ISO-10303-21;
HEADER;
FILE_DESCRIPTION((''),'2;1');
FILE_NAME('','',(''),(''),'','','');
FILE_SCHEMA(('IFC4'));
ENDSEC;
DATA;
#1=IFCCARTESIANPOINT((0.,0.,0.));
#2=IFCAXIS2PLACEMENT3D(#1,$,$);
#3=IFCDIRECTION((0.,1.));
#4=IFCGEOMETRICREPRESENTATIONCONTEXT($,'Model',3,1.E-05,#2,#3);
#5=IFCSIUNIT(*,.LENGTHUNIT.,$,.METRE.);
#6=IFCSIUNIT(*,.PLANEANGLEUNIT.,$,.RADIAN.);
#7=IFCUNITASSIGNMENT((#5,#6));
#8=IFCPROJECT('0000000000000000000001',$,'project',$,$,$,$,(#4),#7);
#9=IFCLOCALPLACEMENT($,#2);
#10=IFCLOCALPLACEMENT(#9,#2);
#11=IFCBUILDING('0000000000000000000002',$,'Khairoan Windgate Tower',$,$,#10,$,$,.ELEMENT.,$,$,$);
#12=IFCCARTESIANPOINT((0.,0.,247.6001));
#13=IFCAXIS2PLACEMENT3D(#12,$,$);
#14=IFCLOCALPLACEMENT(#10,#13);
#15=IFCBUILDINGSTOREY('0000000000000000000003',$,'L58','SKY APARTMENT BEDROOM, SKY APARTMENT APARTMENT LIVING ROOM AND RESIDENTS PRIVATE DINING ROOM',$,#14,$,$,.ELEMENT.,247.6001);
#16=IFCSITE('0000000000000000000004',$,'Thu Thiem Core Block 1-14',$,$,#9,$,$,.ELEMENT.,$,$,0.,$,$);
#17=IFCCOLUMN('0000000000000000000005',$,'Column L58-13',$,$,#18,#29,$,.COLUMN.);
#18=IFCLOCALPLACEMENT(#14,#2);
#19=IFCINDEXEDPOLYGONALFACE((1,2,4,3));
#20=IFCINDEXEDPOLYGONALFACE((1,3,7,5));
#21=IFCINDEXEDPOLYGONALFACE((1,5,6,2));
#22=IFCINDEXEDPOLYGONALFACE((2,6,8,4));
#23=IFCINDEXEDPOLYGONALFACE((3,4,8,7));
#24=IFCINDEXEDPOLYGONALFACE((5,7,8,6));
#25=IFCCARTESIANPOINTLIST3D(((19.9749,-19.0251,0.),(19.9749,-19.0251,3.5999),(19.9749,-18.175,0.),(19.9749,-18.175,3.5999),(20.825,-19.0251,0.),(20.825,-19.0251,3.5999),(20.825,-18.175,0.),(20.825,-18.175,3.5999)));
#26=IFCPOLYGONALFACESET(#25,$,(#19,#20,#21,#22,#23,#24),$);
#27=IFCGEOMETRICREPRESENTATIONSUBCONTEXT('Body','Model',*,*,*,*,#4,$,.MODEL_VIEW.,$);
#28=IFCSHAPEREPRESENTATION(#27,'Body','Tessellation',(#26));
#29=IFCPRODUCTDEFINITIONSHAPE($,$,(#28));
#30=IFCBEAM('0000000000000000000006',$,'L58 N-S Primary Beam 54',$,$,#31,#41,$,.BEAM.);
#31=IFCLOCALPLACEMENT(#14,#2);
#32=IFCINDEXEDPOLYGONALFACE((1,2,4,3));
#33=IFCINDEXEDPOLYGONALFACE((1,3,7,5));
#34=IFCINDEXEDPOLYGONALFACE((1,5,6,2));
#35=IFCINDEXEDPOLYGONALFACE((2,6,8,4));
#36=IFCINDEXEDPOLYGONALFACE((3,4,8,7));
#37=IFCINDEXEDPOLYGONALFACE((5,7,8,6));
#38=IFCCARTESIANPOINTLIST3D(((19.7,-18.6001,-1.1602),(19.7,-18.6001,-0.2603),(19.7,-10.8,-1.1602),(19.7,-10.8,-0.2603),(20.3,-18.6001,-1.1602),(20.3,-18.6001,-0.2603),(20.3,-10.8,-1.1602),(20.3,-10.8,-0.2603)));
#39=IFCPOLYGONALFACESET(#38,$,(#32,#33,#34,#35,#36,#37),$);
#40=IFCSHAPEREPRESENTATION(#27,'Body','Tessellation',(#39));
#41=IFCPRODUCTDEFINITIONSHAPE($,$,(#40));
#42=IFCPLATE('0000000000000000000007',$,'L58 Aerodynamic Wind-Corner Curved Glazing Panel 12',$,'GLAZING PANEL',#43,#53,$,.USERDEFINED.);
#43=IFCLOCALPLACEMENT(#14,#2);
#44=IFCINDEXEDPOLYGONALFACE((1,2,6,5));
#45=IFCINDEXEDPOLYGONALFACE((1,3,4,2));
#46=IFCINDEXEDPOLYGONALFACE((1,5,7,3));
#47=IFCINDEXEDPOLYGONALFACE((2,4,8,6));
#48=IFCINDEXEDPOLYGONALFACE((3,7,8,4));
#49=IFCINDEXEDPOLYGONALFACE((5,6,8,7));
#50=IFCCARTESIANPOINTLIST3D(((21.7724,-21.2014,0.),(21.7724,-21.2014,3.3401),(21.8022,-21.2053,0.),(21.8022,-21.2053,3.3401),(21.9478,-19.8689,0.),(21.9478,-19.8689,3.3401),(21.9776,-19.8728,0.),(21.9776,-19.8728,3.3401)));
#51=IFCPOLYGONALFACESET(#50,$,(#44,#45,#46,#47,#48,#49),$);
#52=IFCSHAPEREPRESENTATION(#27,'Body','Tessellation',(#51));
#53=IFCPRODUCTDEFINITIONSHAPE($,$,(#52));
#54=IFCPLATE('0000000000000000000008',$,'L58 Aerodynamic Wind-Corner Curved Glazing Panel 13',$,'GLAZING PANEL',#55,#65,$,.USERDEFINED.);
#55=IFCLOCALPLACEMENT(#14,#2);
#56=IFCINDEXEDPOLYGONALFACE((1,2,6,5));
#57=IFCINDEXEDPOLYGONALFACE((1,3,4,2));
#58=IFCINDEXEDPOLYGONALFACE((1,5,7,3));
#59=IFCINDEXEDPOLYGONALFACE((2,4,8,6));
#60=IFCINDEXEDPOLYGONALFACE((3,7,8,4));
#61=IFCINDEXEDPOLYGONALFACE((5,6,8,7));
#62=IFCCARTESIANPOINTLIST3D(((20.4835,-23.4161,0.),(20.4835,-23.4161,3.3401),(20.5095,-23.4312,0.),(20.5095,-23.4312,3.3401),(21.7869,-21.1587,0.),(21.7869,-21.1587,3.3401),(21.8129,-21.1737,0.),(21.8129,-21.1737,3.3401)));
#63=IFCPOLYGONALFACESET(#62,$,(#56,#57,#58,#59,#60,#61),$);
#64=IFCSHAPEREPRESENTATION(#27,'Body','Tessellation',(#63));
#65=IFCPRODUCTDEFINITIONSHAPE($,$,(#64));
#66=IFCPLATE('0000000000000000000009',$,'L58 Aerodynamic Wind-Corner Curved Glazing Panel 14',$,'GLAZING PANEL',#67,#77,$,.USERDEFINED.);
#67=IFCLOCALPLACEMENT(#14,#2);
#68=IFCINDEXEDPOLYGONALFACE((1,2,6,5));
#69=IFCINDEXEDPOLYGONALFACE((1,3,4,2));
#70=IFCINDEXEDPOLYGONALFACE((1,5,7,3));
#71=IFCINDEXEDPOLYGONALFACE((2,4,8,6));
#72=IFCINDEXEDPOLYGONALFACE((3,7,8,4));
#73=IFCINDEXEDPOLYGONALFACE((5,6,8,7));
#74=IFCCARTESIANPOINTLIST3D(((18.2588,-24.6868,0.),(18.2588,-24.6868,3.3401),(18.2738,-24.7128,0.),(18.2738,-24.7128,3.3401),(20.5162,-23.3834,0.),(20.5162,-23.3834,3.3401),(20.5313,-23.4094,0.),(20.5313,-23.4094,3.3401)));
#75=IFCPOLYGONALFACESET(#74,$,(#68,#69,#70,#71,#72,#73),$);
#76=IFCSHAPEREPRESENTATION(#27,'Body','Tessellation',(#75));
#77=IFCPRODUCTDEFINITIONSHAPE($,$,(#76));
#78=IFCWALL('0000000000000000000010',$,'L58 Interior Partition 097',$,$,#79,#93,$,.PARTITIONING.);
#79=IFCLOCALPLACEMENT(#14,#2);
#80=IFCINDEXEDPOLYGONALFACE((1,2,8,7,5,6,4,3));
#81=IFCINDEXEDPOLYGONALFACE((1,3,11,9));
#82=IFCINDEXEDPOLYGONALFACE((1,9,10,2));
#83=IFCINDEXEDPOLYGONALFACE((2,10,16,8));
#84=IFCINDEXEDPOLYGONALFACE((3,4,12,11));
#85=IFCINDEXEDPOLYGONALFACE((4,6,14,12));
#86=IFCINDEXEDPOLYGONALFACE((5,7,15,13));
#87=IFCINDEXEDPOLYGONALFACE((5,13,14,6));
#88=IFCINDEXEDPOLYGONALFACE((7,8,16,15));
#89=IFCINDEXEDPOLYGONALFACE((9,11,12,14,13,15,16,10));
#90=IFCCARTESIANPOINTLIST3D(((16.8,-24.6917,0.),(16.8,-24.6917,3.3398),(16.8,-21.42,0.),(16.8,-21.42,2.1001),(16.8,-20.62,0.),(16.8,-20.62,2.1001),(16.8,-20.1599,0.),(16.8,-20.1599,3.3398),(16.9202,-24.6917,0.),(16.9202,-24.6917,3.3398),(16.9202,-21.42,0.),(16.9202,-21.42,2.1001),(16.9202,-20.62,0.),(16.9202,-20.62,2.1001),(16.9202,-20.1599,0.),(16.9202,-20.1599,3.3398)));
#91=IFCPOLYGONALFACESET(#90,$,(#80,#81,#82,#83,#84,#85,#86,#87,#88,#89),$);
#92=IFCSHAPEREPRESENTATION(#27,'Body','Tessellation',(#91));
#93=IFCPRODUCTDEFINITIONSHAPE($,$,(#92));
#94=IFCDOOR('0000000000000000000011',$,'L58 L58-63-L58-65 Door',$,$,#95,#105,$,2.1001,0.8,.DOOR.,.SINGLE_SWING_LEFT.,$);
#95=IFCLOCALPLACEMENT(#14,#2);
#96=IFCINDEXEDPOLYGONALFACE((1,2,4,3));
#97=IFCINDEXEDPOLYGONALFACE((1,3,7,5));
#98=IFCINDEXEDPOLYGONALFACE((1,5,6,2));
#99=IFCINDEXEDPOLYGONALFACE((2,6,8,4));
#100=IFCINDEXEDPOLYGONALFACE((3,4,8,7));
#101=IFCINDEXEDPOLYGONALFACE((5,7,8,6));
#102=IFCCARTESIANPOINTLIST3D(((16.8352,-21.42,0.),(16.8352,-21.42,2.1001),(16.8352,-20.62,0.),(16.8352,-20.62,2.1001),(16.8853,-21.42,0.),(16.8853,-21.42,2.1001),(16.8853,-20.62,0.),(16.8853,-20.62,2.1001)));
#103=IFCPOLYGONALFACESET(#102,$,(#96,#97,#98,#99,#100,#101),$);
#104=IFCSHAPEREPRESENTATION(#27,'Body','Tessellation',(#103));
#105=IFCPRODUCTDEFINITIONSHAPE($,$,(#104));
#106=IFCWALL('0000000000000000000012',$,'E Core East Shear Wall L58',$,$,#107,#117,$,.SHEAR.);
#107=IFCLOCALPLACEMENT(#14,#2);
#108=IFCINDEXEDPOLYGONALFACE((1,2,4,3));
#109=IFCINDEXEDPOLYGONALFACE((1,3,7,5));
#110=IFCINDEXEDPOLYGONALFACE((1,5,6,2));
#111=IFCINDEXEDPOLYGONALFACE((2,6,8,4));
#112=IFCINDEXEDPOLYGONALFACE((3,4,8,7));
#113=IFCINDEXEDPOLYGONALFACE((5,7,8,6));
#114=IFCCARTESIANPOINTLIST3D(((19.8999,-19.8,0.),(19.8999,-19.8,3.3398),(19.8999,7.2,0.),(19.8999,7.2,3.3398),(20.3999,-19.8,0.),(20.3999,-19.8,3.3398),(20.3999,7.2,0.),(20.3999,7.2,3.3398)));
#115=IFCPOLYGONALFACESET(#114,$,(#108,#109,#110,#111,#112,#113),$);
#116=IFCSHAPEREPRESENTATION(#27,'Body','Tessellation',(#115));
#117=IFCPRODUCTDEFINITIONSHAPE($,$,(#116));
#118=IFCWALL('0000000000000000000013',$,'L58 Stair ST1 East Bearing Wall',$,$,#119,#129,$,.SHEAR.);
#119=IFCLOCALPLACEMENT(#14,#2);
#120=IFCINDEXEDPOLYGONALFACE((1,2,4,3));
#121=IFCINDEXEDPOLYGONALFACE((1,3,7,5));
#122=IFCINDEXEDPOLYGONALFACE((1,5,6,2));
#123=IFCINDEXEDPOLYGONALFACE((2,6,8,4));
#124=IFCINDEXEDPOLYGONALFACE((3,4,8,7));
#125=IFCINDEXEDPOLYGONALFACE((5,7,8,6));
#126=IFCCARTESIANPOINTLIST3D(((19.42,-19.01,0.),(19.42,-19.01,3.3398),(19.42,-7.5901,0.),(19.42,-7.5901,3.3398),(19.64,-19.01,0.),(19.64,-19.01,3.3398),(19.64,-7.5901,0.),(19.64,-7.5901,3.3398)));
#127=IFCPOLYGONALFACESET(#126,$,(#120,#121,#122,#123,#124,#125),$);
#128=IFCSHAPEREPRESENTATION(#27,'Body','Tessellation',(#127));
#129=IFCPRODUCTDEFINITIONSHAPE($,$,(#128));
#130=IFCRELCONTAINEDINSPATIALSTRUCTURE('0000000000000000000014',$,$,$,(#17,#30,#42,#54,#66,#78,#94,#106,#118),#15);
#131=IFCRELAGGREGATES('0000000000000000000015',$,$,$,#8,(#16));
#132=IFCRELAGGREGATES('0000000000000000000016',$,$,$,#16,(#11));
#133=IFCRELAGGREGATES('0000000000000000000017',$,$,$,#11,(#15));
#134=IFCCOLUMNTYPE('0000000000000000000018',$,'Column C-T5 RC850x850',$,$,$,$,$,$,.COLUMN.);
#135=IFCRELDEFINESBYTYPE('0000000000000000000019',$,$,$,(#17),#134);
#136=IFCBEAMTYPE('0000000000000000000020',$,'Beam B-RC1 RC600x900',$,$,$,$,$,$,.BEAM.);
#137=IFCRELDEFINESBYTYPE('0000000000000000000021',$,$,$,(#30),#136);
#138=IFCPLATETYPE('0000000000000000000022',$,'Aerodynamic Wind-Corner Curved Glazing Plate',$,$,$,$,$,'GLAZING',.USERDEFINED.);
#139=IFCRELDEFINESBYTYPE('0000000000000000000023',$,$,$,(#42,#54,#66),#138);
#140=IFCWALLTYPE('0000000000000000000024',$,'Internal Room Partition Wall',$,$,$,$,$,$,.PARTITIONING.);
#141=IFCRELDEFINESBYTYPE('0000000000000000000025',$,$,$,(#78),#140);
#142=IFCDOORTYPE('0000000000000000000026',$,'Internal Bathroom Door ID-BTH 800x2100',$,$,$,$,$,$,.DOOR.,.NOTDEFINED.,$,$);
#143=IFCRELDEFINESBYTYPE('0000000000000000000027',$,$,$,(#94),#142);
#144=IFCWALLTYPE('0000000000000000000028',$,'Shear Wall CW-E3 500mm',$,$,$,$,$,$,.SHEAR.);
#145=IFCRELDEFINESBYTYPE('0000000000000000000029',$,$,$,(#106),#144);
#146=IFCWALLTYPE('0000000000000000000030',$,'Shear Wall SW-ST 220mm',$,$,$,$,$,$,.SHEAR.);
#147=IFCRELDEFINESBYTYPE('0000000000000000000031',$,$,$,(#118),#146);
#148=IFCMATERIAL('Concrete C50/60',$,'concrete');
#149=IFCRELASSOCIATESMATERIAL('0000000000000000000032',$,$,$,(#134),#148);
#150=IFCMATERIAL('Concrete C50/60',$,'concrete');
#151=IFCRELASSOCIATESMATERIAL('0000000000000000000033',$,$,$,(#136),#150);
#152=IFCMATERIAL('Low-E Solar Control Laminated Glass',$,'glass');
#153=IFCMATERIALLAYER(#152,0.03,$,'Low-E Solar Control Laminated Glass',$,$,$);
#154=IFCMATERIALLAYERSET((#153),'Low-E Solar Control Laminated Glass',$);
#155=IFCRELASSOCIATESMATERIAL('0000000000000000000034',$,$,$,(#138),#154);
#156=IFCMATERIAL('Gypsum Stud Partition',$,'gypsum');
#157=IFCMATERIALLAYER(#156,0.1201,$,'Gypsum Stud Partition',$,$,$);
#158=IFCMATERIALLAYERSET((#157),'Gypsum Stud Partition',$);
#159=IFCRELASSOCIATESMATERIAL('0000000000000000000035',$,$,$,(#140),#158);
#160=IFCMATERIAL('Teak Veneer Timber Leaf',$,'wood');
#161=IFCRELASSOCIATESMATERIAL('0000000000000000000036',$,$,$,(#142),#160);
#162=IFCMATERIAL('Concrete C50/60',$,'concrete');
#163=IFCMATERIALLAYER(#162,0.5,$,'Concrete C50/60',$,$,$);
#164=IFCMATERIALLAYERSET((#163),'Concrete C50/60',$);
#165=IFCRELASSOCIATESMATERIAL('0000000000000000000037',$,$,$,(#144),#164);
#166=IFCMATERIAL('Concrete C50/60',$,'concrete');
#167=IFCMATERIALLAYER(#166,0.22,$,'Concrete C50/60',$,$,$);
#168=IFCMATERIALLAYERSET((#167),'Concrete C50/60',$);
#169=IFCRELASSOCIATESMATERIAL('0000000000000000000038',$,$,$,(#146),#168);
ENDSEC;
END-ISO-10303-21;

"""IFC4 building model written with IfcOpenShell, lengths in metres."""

from ifc_helpers import new_model, si_unit, direction, frame, frame_2d, origin, origin_2d, place, context, subcontext, project, spatial, rectangle, extrude, material, layer, layer_set, material_profile, profile_set, type_object, element, fill, save


model = new_model("IFC4")

# Units and contexts
model_context = context("Model", 3, precision=1e-05, world=origin(), true_north=direction((0.0, 1.0)))
body_context = subcontext(model_context, "Body", "Model", "MODEL_VIEW")
ifc_project = project(units=[si_unit("LENGTHUNIT", "METRE"), si_unit("PLANEANGLEUNIT", "RADIAN")], contexts=[model_context])

# Site, building, storey
site_placement = place(None, origin())
site = spatial("IfcSite", under=ifc_project, at=site_placement, Name="Thu Thiem Core Block 1-14", CompositionType="ELEMENT", RefElevation=0.0)
building_placement = place(site_placement, origin())
building = spatial("IfcBuilding", under=site, at=building_placement, Name="Khairoan Windgate Tower", CompositionType="ELEMENT")
storey_placement = place(building_placement, frame((0.0, 0.0, 247.6001)))
storey = spatial("IfcBuildingStorey", under=building, at=storey_placement, Name="L58", Description="SKY APARTMENT BEDROOM, SKY APARTMENT APARTMENT LIVING ROOM AND RESIDENTS PRIVATE DINING ROOM", CompositionType="ELEMENT", Elevation=247.6001)

# Column
ifc_material_1 = material(Name="Concrete C50/60", Category="concrete")
ifc_material_profile_1 = material_profile(ifc_material_1, rectangle(XDim=0.8501, YDim=0.8501, at=origin_2d()))
ifc_profile_set_1 = profile_set([ifc_material_profile_1], Name="Concrete C50/60")
column_type = type_object("IfcColumnType", Name="Column C-T5 RC850x850", PredefinedType="COLUMN", material=ifc_profile_set_1)
column_placement = place(storey_placement, frame((20.3999, -18.6001, 0.0), z_axis=(0.0, 0.0, 1.0), x_axis=(1.0, 0.0, 0.0)))
element("IfcColumn", 1, at=column_placement, inside=storey, type_object=column_type, Name="Column L58-13", PredefinedType="COLUMN", context=body_context, shape_type="SweptSolid", body=[
    extrude(rectangle(XDim=0.8501, YDim=0.8501, at=origin_2d()), origin(), (0.0, 0.0, 1.0), 3.5999),
])

# Beam
ifc_material_2 = material(Name="Concrete C50/60", Category="concrete")
ifc_material_profile_2 = material_profile(ifc_material_2, rectangle(XDim=0.6001, YDim=0.8999, at=origin_2d()))
ifc_profile_set_2 = profile_set([ifc_material_profile_2], Name="Concrete C50/60")
beam_type = type_object("IfcBeamType", Name="Beam B-RC1 RC600x900", PredefinedType="BEAM", material=ifc_profile_set_2)
beam_placement = place(storey_placement, frame((20.0, -18.6001, -0.7102), z_axis=(0.0, 1.0, 0.0), x_axis=(-1.0, 0.0, 0.0)))
element("IfcBeam", 2, at=beam_placement, inside=storey, type_object=beam_type, Name="L58 N-S Primary Beam 54", PredefinedType="BEAM", context=body_context, shape_type="SweptSolid", body=[
    extrude(rectangle(XDim=0.6001, YDim=0.8999, at=origin_2d()), origin(), (0.0, 0.0, 1.0), 7.8),
])

# Plates
ifc_material_3 = material(Name="Low-E Solar Control Laminated Glass", Category="glass")
ifc_layer_1 = layer(ifc_material_3, 0.03, Name="Low-E Solar Control Laminated Glass")
ifc_layer_set_1 = layer_set([ifc_layer_1], Name="Low-E Solar Control Laminated Glass")
plate_type_1 = type_object("IfcPlateType", Name="Aerodynamic Wind-Corner Curved Glazing Plate", ElementType="GLAZING", PredefinedType="USERDEFINED", material=ifc_layer_set_1)
plate_1_placement = place(storey_placement, frame((21.875, -20.5371, 0.0), z_axis=(0.0, 0.0, 1.0), x_axis=(-0.130526, -0.991445, 0.0)))
element("IfcPlate", 3, at=plate_1_placement, inside=storey, type_object=plate_type_1, Name="L58 Aerodynamic Wind-Corner Curved Glazing Panel 12", ObjectType="GLAZING PANEL", PredefinedType="USERDEFINED", context=body_context, shape_type="SweptSolid", body=[
    extrude(rectangle(XDim=1.344, YDim=0.03, at=origin_2d()), origin(), (0.0, 0.0, 1.0), 3.3401),
])
for number, where, z_axis, x_axis, name in (
    (4, (21.1482, -22.2949, 0.0), (0.0, 0.0, 1.0), (-0.5, -0.866025, 0.0), "L58 Aerodynamic Wind-Corner Curved Glazing Panel 13"),
    (5, (19.395, -24.0481, 0.0), (0.0, 0.0, 1.0), (-0.866025, -0.5, 0.0), "L58 Aerodynamic Wind-Corner Curved Glazing Panel 14"),
):
    element("IfcPlate", number, at=place(storey_placement, frame(where, z_axis=z_axis, x_axis=x_axis)), inside=storey, type_object=plate_type_1, Name=name, ObjectType="GLAZING PANEL", PredefinedType="USERDEFINED", context=body_context, shape_type="SweptSolid", body=[
        extrude(rectangle(XDim=2.6067, YDim=0.03, at=origin_2d()), origin(), (0.0, 0.0, 1.0), 3.3401),
    ])

# Wall, opening, door
ifc_material_4 = material(Name="Gypsum Stud Partition", Category="gypsum")
ifc_layer_2 = layer(ifc_material_4, 0.1201, Name="Gypsum Stud Partition")
ifc_layer_set_2 = layer_set([ifc_layer_2], Name="Gypsum Stud Partition")
wall_type_1 = type_object("IfcWallType", Name="Internal Room Partition Wall", PredefinedType="PARTITIONING", material=ifc_layer_set_2)
wall_1_placement = place(storey_placement, frame((16.8601, -24.6917, 0.0), z_axis=(0.0, 0.0, 1.0), x_axis=(0.0, 1.0, 0.0)))
wall_1 = element("IfcWall", 6, at=wall_1_placement, inside=storey, type_object=wall_type_1, Name="L58 Interior Partition 097", PredefinedType="PARTITIONING", context=body_context, shape_type="SweptSolid", body=[
    extrude(rectangle(XDim=4.5317, YDim=0.1201, at=frame_2d((2.2659, 0.0))), origin(), (0.0, 0.0, 1.0), 3.3398),
])
opening_placement = place(wall_1_placement, frame((3.2717, 0.0, 0.0)))
opening = element("IfcOpeningElement", 7, at=opening_placement, cuts=wall_1, PredefinedType="OPENING", context=body_context, shape_type="SweptSolid", body=[
    extrude(rectangle(XDim=0.8, YDim=2.1001, at=frame_2d((0.3999, 1.05))), frame((0.0, 0.0701, 0.0), z_axis=(0.0, -1.0, 0.0), x_axis=(1.0, 0.0, 0.0)), (0.0, 0.0, 1.0), 0.1401),
])
ifc_material_5 = material(Name="Teak Veneer Timber Leaf", Category="wood")
door_type = type_object("IfcDoorType", Name="Internal Bathroom Door ID-BTH 800x2100", OperationType="NOTDEFINED", PredefinedType="DOOR", material=ifc_material_5)
door_placement = place(opening_placement, origin())
door = element("IfcDoor", 8, at=door_placement, inside=storey, type_object=door_type, Name="L58 L58-63-L58-65 Door", OperationType="SINGLE_SWING_LEFT", OverallHeight=2.1001, OverallWidth=0.8, PredefinedType="DOOR", context=body_context, shape_type="SweptSolid", body=[
    extrude(rectangle(XDim=0.8, YDim=2.1001, at=frame_2d((0.3999, 1.05))), frame((0.0, 0.0249, 0.0), z_axis=(0.0, -1.0, 0.0), x_axis=(1.0, 0.0, 0.0)), (0.0, 0.0, 1.0), 0.05),
])
fill(opening, door)

# Walls
ifc_material_6 = material(Name="Concrete C50/60", Category="concrete")
ifc_layer_3 = layer(ifc_material_6, 0.5, Name="Concrete C50/60")
ifc_layer_set_3 = layer_set([ifc_layer_3], Name="Concrete C50/60")
wall_type_2 = type_object("IfcWallType", Name="Shear Wall CW-E3 500mm", PredefinedType="SHEAR", material=ifc_layer_set_3)
wall_2_placement = place(storey_placement, frame((20.1499, -19.8, 0.0), z_axis=(0.0, 0.0, 1.0), x_axis=(0.0, 1.0, 0.0)))
element("IfcWall", 9, at=wall_2_placement, inside=storey, type_object=wall_type_2, Name="E Core East Shear Wall L58", PredefinedType="SHEAR", context=body_context, shape_type="SweptSolid", body=[
    extrude(rectangle(XDim=27.0, YDim=0.5, at=frame_2d((13.5, 0.0))), origin(), (0.0, 0.0, 1.0), 3.3398),
])
ifc_material_7 = material(Name="Concrete C50/60", Category="concrete")
ifc_layer_4 = layer(ifc_material_7, 0.22, Name="Concrete C50/60")
ifc_layer_set_4 = layer_set([ifc_layer_4], Name="Concrete C50/60")
wall_type_3 = type_object("IfcWallType", Name="Shear Wall SW-ST 220mm", PredefinedType="SHEAR", material=ifc_layer_set_4)
wall_3_placement = place(storey_placement, frame((19.53, -19.01, 0.0), z_axis=(0.0, 0.0, 1.0), x_axis=(0.0, 1.0, 0.0)))
element("IfcWall", 10, at=wall_3_placement, inside=storey, type_object=wall_type_3, Name="L58 Stair ST1 East Bearing Wall", PredefinedType="SHEAR", context=body_context, shape_type="SweptSolid", body=[
    extrude(rectangle(XDim=11.4199, YDim=0.22, at=frame_2d((5.71, 0.0))), origin(), (0.0, 0.0, 1.0), 3.3398),
])

save(model, "model.ifc")
